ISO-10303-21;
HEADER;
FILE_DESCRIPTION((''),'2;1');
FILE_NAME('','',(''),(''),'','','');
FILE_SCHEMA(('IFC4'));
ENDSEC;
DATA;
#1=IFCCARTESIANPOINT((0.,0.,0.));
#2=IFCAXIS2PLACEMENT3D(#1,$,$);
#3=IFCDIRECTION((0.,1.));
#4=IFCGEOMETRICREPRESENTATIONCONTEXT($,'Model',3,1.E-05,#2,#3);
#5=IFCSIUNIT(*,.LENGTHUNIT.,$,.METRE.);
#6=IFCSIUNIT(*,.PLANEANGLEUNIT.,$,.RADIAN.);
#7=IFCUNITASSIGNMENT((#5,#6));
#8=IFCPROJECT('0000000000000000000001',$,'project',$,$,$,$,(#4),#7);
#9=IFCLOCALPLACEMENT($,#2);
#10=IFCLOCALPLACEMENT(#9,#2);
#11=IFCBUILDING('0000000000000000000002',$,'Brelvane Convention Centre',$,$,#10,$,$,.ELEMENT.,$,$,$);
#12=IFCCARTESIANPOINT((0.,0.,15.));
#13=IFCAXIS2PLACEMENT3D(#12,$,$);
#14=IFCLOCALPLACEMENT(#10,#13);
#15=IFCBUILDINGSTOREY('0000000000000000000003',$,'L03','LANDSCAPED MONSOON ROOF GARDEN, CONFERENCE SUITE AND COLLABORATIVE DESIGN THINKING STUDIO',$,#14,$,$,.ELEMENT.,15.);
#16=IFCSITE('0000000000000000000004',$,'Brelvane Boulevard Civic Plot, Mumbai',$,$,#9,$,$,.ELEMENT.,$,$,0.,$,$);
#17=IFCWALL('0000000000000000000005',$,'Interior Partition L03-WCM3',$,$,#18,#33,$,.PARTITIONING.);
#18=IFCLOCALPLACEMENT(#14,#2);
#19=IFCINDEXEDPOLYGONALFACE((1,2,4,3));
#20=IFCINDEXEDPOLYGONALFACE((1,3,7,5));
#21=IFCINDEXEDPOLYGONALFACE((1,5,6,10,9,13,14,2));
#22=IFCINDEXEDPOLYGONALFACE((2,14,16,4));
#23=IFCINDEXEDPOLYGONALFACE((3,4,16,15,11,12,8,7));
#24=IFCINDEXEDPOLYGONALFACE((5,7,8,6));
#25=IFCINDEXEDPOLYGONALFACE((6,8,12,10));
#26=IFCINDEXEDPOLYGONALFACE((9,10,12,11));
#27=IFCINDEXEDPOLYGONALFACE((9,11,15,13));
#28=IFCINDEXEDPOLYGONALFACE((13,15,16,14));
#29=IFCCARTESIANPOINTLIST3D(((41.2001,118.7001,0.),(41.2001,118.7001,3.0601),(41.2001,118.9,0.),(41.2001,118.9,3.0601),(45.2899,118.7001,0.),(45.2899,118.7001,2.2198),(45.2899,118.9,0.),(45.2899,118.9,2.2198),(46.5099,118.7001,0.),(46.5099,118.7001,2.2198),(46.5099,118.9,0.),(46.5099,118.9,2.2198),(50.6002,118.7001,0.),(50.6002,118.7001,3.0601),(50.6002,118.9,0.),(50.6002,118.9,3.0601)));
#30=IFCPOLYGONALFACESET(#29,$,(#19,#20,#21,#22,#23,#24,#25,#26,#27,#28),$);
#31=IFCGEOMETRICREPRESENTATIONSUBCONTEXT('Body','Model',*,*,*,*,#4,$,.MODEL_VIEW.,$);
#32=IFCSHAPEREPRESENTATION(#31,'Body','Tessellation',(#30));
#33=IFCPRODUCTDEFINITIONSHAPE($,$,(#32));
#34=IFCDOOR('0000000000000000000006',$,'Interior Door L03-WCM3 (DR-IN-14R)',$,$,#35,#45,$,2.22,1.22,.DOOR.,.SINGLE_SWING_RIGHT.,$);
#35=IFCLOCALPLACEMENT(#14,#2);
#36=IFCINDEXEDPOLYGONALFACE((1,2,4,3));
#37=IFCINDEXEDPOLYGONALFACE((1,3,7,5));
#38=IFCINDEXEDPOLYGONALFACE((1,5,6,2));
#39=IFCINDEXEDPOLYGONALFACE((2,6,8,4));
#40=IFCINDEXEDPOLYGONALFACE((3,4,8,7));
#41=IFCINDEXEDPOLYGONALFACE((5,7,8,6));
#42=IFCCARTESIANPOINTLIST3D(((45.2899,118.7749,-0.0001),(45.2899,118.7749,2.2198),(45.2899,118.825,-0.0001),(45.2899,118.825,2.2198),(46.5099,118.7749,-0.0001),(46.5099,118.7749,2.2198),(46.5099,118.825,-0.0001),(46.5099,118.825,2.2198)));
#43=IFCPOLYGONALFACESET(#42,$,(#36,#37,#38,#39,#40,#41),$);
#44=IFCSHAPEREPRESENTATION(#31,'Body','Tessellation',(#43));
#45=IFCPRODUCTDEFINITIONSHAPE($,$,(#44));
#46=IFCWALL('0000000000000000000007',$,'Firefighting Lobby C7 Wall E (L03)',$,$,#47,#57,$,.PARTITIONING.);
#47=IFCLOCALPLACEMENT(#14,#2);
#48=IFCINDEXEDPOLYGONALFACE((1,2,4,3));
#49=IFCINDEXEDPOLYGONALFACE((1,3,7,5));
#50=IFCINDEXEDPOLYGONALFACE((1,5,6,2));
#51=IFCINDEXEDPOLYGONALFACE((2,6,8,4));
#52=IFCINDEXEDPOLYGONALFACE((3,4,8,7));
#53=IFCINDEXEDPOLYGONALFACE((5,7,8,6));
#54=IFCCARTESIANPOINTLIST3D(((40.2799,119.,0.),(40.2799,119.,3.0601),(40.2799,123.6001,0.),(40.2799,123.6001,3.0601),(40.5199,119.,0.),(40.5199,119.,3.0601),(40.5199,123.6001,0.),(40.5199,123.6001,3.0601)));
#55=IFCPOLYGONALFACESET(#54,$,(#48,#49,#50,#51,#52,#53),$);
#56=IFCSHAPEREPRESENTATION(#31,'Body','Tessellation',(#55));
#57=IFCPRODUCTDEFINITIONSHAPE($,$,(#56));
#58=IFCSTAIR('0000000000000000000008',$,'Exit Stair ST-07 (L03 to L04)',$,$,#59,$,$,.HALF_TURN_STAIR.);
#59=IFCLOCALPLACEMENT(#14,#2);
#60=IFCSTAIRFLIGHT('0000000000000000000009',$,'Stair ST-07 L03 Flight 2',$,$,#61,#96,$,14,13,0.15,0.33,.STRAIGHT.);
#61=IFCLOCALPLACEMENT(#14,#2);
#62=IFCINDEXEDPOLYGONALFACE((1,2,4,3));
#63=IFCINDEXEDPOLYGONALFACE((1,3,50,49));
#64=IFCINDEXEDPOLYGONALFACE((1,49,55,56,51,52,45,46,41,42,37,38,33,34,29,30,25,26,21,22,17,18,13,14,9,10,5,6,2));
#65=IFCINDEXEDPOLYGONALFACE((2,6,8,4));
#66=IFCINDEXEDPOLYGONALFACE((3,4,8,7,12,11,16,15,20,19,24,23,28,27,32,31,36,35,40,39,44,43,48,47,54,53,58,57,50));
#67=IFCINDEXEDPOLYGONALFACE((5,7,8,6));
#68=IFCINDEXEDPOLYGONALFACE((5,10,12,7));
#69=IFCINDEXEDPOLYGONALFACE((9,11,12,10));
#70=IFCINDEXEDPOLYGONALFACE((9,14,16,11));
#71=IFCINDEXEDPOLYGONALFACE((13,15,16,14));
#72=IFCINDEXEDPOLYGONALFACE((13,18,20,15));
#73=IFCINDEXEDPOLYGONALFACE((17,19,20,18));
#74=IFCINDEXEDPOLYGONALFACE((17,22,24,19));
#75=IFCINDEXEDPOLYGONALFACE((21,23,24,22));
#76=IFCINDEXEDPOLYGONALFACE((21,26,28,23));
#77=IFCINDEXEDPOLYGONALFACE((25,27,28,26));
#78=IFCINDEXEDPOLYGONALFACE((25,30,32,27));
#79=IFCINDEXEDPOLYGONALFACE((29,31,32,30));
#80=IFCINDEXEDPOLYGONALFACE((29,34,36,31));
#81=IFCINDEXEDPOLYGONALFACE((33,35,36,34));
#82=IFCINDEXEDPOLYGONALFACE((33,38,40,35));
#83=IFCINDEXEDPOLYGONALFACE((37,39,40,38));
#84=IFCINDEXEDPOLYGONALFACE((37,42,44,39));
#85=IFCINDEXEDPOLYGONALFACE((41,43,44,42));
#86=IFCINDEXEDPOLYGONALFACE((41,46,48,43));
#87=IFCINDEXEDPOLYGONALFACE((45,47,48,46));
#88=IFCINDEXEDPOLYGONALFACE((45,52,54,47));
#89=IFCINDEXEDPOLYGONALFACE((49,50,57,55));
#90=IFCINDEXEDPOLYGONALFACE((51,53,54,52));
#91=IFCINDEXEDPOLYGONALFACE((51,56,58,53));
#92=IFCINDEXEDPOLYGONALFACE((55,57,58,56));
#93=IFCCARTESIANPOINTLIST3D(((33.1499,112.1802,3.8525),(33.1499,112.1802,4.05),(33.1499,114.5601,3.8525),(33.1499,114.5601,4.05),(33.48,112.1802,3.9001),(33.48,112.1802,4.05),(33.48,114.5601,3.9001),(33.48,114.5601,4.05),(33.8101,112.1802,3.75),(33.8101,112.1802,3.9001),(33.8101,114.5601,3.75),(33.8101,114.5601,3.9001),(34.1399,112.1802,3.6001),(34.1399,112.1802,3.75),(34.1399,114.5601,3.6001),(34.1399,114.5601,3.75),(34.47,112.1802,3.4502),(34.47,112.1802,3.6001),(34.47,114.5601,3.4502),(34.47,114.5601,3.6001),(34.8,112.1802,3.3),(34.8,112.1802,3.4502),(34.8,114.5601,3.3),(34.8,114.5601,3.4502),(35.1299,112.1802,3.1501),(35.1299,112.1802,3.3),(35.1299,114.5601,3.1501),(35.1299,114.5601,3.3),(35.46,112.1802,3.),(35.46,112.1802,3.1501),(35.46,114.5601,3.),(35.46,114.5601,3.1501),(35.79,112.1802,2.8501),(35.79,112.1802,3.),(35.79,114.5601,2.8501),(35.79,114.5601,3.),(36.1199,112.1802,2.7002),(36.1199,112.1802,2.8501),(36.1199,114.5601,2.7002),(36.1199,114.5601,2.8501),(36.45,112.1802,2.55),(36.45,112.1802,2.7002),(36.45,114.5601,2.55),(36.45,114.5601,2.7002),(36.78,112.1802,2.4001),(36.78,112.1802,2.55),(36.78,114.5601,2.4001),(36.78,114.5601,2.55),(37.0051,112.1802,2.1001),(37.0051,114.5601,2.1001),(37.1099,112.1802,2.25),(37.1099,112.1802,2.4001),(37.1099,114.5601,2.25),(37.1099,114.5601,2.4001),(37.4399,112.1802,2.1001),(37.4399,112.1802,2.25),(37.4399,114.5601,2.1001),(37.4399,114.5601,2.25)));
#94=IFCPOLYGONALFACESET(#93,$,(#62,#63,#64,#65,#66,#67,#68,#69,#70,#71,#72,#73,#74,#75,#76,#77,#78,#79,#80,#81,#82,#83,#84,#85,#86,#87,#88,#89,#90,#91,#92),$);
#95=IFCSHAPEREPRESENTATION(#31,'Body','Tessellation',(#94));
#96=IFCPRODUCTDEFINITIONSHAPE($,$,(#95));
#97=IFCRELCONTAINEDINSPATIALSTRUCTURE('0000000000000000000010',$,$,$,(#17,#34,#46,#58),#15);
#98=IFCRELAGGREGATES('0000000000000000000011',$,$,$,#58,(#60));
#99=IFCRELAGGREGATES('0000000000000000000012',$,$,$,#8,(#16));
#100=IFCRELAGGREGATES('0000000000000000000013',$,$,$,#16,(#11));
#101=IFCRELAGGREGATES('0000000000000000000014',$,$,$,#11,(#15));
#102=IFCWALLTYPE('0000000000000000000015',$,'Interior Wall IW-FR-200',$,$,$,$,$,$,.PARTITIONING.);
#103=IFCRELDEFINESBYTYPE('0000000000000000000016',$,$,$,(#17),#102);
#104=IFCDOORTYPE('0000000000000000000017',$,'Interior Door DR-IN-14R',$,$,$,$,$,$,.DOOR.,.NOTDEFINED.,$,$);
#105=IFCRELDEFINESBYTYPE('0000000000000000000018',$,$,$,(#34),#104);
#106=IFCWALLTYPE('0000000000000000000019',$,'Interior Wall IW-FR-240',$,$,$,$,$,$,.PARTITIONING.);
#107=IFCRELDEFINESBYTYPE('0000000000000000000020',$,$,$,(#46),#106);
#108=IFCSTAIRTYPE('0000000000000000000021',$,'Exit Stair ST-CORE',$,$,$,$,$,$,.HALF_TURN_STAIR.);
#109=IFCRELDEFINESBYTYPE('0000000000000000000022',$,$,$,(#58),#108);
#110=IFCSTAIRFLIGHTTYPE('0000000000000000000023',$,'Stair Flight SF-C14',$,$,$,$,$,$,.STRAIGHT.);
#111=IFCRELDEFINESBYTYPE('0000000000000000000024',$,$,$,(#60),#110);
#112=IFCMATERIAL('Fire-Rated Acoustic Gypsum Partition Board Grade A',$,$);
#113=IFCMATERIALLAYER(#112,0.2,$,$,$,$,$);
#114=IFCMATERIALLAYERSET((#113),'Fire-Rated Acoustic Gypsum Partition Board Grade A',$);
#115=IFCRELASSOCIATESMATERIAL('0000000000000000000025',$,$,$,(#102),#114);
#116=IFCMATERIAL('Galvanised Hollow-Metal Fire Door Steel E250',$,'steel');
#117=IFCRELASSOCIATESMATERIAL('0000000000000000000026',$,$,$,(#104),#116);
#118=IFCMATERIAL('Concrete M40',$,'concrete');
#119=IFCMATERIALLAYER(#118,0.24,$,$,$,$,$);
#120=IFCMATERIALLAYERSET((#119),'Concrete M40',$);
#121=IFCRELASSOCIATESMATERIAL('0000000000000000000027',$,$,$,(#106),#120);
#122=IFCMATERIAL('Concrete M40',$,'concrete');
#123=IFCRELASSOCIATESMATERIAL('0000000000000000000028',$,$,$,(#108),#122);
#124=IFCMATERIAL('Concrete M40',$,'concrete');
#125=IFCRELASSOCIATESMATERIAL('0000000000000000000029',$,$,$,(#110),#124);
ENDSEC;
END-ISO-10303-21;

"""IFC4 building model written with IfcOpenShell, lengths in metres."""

from ifc_helpers import new_model, si_unit, direction, frame, frame_2d, origin, place, context, subcontext, project, spatial, polyline, rectangle, outline, extrude, material, layer, layer_set, type_object, element, fill, aggregate, save


model = new_model("IFC4")

# Units and contexts
model_context = context("Model", 3, precision=1e-05, world=origin(), true_north=direction((0.0, 1.0)))
body_context = subcontext(model_context, "Body", "Model", "MODEL_VIEW")
ifc_project = project(units=[si_unit("LENGTHUNIT", "METRE"), si_unit("PLANEANGLEUNIT", "RADIAN")], contexts=[model_context])

# Site, building, storey
site_placement = place(None, origin())
site = spatial("IfcSite", under=ifc_project, at=site_placement, Name="Brelvane Boulevard Civic Plot, Mumbai", CompositionType="ELEMENT", RefElevation=0.0)
building_placement = place(site_placement, origin())
building = spatial("IfcBuilding", under=site, at=building_placement, Name="Brelvane Convention Centre", CompositionType="ELEMENT")
storey_placement = place(building_placement, frame((0.0, 0.0, 15.0)))
storey = spatial("IfcBuildingStorey", under=building, at=storey_placement, Name="L03", Description="LANDSCAPED MONSOON ROOF GARDEN, CONFERENCE SUITE AND COLLABORATIVE DESIGN THINKING STUDIO", CompositionType="ELEMENT", Elevation=15.0)

# Wall, opening, door
ifc_material_1 = material(Name="Fire-Rated Acoustic Gypsum Partition Board Grade A")
ifc_layer_1 = layer(ifc_material_1, 0.2)
ifc_layer_set_1 = layer_set([ifc_layer_1], Name="Fire-Rated Acoustic Gypsum Partition Board Grade A")
wall_type_1 = type_object("IfcWallType", Name="Interior Wall IW-FR-200", PredefinedType="PARTITIONING", material=ifc_layer_set_1)
wall_1_placement = place(storey_placement, frame((41.2, 118.8, 0.0), z_axis=(0.0, 0.0, 1.0), x_axis=(1.0, 0.0, 0.0)))
wall_1 = element("IfcWall", 1, at=wall_1_placement, inside=storey, type_object=wall_type_1, Name="Interior Partition L03-WCM3", PredefinedType="PARTITIONING", context=body_context, shape_type="SweptSolid", body=[
    extrude(rectangle(XDim=9.4001, YDim=0.2, at=frame_2d((4.7002, 0.0))), origin(), (0.0, 0.0, 1.0), 3.0601),
])
opening_placement = place(wall_1_placement, frame((4.0901, 0.0, 0.0)))
opening = element("IfcOpeningElement", 2, at=opening_placement, cuts=wall_1, PredefinedType="OPENING", context=body_context, shape_type="SweptSolid", body=[
    extrude(rectangle(XDim=1.22, YDim=2.22, at=frame_2d((0.6099, 1.1099))), frame((0.0, 0.1099, 0.0), z_axis=(0.0, -1.0, 0.0), x_axis=(1.0, 0.0, 0.0)), (0.0, 0.0, 1.0), 0.22),
])
ifc_material_2 = material(Name="Galvanised Hollow-Metal Fire Door Steel E250", Category="steel")
door_type = type_object("IfcDoorType", Name="Interior Door DR-IN-14R", OperationType="NOTDEFINED", PredefinedType="DOOR", material=ifc_material_2)
door_placement = place(opening_placement, origin())
door = element("IfcDoor", 3, at=door_placement, inside=storey, type_object=door_type, Name="Interior Door L03-WCM3 (DR-IN-14R)", OperationType="SINGLE_SWING_RIGHT", OverallHeight=2.22, OverallWidth=1.22, PredefinedType="DOOR", context=body_context, shape_type="SweptSolid", body=[
    extrude(rectangle(XDim=1.22, YDim=2.22, at=frame_2d((0.6099, 1.1099))), frame((0.0, 0.0249, 0.0), z_axis=(0.0, -1.0, 0.0), x_axis=(1.0, 0.0, 0.0)), (0.0, 0.0, 1.0), 0.05),
])
fill(opening, door)

# Wall
ifc_material_3 = material(Name="Concrete M40", Category="concrete")
ifc_layer_2 = layer(ifc_material_3, 0.24)
ifc_layer_set_2 = layer_set([ifc_layer_2], Name="Concrete M40")
wall_type_2 = type_object("IfcWallType", Name="Interior Wall IW-FR-240", PredefinedType="PARTITIONING", material=ifc_layer_set_2)
wall_2_placement = place(storey_placement, frame((40.3999, 119.0, 0.0), z_axis=(0.0, 0.0, 1.0), x_axis=(0.0, 1.0, 0.0)))
element("IfcWall", 4, at=wall_2_placement, inside=storey, type_object=wall_type_2, Name="Firefighting Lobby C7 Wall E (L03)", PredefinedType="PARTITIONING", context=body_context, shape_type="SweptSolid", body=[
    extrude(rectangle(XDim=4.6001, YDim=0.24, at=frame_2d((2.3, 0.0))), origin(), (0.0, 0.0, 1.0), 3.0601),
])

# Stair, stair flight
ifc_material_4 = material(Name="Concrete M40", Category="concrete")
stair_type = type_object("IfcStairType", Name="Exit Stair ST-CORE", PredefinedType="HALF_TURN_STAIR", material=ifc_material_4)
stair_placement = place(storey_placement, origin())
stair = element("IfcStair", 5, at=stair_placement, inside=storey, type_object=stair_type, Name="Exit Stair ST-07 (L03 to L04)", PredefinedType="HALF_TURN_STAIR")
ifc_material_5 = material(Name="Concrete M40", Category="concrete")
stair_flight_type = type_object("IfcStairFlightType", Name="Stair Flight SF-C14", PredefinedType="STRAIGHT", material=ifc_material_5)
stair_flight_placement = place(storey_placement, frame((37.4399, 113.3701, 2.1001), z_axis=(0.0, 0.0, 1.0), x_axis=(-1.0, 0.0, 0.0)))
stair_flight = element("IfcStairFlight", 6, at=stair_flight_placement, type_object=stair_flight_type, Name="Stair ST-07 L03 Flight 2", NumberOfRisers=14, NumberOfTreads=13, PredefinedType="STRAIGHT", RiserHeight=0.15, TreadLength=0.33, context=body_context, shape_type="SweptSolid", body=[
    extrude(outline(polyline([(0.0, 0.0), (0.0, 0.1499), (0.3301, 0.1499), (0.3301, 0.3), (0.6599, 0.3), (0.6599, 0.45), (0.99, 0.45), (0.99, 0.6001), (1.3201, 0.6001), (1.3201, 0.75), (1.6499, 0.75), (1.6499, 0.8999), (1.98, 0.8999), (1.98, 1.05), (2.3101, 1.05), (2.3101, 1.2), (2.6399, 1.2), (2.6399, 1.3501), (2.97, 1.3501), (2.97, 1.5), (3.3, 1.5), (3.3, 1.6499), (3.6299, 1.6499), (3.6299, 1.8), (3.96, 1.8), (3.96, 1.95), (4.29, 1.95), (4.29, 2.1001), (4.29, 1.7524), (0.4348, 0.0), (0.0, 0.0)])), frame((0.0, 1.1899, 0.0), z_axis=(0.0, -1.0, 0.0), x_axis=(1.0, 0.0, 0.0)), (0.0, 0.0, 1.0), 2.3799),
])
aggregate(stair, [stair_flight])

save(model, "model.ifc")
